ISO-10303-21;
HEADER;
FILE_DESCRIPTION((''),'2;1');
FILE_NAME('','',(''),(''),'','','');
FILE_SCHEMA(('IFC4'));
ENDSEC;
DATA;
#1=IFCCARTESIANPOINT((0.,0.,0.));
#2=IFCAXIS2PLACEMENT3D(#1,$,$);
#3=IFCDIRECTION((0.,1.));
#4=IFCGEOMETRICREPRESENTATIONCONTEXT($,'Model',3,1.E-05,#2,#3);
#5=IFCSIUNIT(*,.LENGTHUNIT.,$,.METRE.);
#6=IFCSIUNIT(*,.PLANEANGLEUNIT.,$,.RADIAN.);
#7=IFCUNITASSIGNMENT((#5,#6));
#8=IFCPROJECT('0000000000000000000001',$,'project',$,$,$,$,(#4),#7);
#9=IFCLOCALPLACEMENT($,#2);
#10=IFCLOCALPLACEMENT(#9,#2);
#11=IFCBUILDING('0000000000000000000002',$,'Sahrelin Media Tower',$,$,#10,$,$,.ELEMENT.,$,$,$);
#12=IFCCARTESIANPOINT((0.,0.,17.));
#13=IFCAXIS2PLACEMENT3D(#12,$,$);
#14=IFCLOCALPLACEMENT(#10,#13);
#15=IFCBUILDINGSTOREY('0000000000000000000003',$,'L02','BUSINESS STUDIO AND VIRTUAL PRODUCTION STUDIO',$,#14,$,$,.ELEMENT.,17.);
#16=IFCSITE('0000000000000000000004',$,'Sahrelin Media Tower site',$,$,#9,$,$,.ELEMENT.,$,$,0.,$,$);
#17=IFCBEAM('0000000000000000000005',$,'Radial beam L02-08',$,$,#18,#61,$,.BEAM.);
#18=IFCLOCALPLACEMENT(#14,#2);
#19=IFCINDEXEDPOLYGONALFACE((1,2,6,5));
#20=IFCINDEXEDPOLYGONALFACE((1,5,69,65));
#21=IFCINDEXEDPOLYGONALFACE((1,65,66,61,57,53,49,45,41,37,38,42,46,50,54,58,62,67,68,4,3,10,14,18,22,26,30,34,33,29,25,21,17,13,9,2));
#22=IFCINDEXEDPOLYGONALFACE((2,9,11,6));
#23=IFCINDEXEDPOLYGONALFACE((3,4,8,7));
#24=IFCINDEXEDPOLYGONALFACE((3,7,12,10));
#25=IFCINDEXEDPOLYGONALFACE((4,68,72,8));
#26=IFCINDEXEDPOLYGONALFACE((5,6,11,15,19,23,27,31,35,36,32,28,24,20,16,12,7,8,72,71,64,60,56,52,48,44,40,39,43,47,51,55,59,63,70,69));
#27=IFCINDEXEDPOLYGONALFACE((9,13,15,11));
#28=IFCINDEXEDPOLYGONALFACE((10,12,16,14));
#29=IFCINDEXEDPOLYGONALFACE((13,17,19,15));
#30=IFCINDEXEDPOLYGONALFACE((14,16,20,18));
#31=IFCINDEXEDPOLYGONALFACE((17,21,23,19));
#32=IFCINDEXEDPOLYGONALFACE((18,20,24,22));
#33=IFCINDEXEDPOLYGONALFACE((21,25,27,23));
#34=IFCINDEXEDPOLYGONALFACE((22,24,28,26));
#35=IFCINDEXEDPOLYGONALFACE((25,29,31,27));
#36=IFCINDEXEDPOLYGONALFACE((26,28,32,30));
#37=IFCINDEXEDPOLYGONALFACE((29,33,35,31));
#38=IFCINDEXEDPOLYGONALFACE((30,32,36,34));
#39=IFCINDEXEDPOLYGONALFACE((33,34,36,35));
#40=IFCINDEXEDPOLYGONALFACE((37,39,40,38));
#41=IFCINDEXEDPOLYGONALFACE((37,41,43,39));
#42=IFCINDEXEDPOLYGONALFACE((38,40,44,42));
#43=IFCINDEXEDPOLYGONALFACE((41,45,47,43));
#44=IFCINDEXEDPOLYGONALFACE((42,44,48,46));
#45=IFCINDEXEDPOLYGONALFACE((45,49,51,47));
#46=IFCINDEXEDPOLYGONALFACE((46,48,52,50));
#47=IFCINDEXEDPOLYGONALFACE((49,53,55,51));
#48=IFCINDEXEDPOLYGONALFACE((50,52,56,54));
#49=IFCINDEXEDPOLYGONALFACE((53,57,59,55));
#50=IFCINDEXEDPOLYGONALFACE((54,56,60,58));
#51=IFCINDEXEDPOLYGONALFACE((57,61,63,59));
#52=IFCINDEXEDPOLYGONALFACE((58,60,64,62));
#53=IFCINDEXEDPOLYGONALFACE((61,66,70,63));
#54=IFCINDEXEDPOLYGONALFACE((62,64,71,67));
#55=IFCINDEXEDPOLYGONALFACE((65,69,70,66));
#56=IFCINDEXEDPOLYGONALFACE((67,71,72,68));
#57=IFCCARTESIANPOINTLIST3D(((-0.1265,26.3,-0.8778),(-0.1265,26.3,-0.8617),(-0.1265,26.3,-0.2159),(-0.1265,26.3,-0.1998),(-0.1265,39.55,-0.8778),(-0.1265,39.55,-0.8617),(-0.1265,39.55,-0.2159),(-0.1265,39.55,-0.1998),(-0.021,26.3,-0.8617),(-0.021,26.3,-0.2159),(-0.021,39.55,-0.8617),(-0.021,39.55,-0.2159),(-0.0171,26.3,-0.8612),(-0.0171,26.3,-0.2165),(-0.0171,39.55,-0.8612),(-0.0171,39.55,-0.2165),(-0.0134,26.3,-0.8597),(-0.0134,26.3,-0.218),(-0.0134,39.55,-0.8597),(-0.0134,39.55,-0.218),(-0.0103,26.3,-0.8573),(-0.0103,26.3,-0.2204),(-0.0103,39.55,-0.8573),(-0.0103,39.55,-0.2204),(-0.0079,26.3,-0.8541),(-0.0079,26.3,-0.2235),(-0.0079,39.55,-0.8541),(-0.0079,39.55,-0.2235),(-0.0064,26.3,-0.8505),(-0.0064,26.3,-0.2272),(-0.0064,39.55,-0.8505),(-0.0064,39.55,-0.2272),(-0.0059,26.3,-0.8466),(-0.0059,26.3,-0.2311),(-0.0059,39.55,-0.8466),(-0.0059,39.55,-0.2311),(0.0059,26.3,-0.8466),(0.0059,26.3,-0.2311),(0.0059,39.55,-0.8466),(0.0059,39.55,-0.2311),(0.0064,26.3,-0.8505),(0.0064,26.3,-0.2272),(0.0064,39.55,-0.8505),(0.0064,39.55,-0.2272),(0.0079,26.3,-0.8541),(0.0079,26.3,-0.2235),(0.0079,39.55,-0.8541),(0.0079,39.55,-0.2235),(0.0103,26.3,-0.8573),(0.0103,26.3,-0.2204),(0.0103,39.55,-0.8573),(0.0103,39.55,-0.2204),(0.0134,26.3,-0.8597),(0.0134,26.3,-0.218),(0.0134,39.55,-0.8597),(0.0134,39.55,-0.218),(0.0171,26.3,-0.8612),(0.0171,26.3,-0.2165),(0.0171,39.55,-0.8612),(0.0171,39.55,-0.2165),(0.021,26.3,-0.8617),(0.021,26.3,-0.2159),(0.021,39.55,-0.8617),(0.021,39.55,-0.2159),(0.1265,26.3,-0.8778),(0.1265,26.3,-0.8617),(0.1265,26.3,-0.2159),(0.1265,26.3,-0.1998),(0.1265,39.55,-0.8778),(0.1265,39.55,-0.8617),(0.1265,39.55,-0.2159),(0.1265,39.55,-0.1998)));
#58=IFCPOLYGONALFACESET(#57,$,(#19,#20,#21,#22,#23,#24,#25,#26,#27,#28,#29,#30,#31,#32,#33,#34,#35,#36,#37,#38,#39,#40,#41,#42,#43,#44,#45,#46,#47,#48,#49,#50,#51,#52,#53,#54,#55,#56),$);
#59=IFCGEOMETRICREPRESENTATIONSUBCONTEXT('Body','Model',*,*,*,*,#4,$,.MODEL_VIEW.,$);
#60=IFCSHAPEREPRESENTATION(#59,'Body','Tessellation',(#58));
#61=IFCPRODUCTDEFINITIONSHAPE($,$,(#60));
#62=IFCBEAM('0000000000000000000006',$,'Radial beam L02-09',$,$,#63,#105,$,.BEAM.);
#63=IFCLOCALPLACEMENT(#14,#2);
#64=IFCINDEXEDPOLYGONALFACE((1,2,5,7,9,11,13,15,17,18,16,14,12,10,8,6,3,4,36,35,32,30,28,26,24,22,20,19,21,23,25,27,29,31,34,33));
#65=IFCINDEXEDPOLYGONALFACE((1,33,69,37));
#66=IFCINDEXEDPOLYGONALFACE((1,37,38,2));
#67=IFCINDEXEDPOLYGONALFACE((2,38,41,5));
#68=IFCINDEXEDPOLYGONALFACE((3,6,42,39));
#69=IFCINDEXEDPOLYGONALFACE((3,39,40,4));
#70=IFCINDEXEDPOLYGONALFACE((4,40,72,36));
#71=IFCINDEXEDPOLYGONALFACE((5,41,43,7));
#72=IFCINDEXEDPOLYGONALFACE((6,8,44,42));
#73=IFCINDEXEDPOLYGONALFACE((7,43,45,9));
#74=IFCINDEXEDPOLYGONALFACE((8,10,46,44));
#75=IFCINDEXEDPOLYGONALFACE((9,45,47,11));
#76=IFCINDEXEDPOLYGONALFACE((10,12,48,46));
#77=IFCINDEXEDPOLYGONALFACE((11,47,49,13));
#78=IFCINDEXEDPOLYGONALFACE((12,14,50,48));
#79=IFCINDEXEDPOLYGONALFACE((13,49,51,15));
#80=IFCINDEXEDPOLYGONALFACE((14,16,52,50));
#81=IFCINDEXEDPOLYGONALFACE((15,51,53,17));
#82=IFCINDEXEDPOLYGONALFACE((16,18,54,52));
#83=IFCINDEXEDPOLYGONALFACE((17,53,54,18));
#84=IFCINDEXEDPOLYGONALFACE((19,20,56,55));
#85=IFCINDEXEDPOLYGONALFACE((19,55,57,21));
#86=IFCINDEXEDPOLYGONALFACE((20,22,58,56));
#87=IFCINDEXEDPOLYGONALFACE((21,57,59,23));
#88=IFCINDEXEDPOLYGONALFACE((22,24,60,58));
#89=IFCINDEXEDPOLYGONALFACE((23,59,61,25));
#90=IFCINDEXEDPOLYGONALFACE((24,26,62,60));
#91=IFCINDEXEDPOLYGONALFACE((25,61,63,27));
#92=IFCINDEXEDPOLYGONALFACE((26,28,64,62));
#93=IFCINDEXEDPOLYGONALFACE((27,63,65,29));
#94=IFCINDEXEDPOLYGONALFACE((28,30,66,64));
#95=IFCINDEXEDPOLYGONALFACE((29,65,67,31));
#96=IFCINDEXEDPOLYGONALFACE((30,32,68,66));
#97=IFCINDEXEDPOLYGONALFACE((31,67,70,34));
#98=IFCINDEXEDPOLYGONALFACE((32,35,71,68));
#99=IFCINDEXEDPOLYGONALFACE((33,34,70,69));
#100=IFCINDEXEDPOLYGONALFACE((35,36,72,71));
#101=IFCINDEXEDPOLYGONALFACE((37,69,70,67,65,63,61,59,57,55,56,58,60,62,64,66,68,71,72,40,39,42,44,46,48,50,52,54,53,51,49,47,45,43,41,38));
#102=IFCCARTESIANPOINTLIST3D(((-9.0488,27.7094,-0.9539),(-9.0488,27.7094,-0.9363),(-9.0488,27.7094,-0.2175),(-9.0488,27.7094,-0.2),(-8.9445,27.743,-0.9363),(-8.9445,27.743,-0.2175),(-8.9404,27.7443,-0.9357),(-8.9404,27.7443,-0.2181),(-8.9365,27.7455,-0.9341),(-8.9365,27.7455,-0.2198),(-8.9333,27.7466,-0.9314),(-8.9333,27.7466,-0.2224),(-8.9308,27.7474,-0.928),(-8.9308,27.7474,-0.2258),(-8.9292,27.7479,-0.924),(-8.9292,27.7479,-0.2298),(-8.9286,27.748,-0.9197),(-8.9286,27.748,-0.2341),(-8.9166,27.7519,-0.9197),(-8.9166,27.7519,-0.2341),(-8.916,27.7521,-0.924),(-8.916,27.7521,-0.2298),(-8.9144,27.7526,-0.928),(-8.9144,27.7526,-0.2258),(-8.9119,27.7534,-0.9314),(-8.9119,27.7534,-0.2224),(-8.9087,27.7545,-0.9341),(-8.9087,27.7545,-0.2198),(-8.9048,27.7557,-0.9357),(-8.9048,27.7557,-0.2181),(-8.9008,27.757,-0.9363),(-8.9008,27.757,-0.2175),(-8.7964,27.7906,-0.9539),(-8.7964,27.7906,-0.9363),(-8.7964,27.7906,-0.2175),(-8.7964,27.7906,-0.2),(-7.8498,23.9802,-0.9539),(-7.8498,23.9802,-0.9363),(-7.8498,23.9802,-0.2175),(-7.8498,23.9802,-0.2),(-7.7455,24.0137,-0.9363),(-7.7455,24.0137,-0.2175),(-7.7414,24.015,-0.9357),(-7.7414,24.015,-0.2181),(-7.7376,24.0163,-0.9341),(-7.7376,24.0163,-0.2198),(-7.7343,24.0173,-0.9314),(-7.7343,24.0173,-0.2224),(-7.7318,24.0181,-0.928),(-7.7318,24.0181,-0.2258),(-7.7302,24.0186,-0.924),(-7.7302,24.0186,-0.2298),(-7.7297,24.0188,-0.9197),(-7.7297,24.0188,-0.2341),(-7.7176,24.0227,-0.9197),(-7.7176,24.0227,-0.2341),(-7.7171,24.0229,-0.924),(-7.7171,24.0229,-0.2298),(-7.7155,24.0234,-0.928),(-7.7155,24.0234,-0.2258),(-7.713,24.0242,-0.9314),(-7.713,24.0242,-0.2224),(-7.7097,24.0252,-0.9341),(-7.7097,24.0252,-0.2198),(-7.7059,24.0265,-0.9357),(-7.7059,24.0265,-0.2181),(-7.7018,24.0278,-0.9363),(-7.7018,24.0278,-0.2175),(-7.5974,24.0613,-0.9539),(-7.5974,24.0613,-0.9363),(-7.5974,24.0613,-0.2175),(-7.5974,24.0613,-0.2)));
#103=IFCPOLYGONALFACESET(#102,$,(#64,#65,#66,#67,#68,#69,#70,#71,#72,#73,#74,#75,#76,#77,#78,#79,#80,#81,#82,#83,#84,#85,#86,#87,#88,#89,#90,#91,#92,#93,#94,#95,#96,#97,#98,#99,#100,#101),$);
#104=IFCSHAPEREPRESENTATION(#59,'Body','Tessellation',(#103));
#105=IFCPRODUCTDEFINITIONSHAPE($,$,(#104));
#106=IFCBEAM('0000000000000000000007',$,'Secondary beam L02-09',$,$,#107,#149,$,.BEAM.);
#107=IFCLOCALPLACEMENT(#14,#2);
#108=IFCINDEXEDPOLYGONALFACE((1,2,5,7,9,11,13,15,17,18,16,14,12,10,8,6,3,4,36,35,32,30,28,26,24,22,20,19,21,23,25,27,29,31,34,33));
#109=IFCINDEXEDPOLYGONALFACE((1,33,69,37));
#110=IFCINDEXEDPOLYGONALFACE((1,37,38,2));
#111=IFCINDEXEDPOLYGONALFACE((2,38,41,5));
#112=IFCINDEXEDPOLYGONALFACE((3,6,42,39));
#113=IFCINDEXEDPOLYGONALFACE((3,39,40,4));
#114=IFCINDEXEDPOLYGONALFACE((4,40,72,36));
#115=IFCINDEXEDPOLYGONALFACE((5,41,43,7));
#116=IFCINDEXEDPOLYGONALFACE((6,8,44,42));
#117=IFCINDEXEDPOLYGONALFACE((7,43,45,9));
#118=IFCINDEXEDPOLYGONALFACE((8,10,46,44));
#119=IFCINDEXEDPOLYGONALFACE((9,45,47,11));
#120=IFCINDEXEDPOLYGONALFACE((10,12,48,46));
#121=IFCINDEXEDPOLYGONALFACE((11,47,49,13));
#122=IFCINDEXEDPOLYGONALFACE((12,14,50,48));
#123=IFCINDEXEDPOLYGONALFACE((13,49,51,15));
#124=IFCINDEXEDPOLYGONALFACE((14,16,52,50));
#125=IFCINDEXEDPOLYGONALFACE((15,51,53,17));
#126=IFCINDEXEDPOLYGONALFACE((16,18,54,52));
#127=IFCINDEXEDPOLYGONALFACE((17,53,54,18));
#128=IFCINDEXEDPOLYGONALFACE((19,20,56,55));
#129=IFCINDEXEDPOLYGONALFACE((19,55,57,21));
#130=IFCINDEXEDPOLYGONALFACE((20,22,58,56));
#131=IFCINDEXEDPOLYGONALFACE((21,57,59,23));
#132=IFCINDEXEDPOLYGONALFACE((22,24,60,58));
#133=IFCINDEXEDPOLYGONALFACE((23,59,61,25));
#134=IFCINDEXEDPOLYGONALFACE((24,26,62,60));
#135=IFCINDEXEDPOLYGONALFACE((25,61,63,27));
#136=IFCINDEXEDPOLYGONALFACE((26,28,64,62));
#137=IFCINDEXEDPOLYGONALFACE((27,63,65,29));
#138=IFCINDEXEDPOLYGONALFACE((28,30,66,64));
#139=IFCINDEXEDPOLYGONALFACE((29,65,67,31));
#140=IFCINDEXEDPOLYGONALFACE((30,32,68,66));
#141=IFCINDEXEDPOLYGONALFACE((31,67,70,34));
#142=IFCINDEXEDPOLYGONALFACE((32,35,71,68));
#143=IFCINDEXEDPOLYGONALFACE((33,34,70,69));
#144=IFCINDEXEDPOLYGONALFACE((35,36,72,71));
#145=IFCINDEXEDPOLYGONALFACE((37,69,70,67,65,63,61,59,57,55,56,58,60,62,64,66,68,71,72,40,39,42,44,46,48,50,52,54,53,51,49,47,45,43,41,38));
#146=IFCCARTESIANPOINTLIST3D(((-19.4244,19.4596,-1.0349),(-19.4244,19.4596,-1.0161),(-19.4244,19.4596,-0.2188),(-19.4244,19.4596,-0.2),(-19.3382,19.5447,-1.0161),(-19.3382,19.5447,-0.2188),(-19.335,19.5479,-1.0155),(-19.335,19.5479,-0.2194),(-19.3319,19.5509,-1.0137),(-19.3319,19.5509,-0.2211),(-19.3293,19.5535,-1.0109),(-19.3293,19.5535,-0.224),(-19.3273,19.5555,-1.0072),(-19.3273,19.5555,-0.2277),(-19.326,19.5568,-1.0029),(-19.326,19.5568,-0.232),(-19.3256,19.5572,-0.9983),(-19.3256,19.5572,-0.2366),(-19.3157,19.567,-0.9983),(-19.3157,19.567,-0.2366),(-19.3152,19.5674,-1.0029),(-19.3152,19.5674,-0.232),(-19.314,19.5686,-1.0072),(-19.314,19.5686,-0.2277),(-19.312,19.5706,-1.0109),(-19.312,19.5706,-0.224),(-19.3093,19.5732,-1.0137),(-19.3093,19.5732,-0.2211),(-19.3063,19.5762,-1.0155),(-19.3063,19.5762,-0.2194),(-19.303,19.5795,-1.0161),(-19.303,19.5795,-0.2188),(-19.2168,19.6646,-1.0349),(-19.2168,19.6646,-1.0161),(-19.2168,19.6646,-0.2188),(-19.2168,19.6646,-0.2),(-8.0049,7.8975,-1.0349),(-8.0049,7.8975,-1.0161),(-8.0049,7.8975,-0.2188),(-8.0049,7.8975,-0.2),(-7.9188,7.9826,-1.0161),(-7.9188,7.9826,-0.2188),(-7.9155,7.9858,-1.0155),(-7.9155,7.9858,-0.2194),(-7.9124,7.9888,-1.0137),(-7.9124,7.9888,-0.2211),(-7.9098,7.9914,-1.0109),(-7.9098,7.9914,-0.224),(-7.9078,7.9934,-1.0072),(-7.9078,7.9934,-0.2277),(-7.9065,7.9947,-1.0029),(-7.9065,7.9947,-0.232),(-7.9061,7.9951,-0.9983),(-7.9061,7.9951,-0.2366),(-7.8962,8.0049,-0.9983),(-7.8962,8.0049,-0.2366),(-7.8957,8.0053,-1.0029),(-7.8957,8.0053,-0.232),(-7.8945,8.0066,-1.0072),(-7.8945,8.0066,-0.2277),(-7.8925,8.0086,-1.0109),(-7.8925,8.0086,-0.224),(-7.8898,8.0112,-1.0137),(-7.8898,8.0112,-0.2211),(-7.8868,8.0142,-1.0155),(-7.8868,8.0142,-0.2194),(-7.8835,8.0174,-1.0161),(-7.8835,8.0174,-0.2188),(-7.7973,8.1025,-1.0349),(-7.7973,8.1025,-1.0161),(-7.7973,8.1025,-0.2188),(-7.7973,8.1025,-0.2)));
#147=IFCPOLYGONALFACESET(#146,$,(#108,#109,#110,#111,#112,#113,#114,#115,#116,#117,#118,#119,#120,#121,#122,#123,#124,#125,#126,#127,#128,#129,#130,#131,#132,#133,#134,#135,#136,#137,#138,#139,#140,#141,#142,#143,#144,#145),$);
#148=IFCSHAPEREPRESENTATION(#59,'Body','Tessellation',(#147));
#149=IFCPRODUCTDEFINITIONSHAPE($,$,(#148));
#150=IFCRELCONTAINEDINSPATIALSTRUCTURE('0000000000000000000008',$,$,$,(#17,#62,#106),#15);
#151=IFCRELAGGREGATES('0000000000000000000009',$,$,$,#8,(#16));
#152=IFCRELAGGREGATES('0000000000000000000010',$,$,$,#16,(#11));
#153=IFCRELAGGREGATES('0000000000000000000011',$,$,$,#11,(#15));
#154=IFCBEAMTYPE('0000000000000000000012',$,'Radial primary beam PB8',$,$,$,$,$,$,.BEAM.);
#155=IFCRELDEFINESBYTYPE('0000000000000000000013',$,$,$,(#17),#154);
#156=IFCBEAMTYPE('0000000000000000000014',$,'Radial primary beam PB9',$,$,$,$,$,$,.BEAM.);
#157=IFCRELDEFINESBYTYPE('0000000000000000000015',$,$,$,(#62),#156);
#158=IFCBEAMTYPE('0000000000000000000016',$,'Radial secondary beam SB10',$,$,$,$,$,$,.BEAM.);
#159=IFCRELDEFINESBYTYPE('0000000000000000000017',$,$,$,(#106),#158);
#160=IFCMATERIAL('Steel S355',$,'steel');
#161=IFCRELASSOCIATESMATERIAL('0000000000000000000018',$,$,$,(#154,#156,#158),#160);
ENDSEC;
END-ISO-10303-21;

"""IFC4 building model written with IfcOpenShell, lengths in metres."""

from ifc_helpers import new_model, si_unit, direction, frame, origin, origin_2d, place, context, subcontext, project, spatial, i_section, extrude, material, material_profile, profile_set, type_object, element, save


model = new_model("IFC4")

# Units and contexts
model_context = context("Model", 3, precision=1e-05, world=origin(), true_north=direction((0.0, 1.0)))
body_context = subcontext(model_context, "Body", "Model", "MODEL_VIEW")
ifc_project = project(units=[si_unit("LENGTHUNIT", "METRE"), si_unit("PLANEANGLEUNIT", "RADIAN")], contexts=[model_context])

# Site, building, storey
site_placement = place(None, origin())
site = spatial("IfcSite", under=ifc_project, at=site_placement, Name="Sahrelin Media Tower site", CompositionType="ELEMENT", RefElevation=0.0)
building_placement = place(site_placement, origin())
building = spatial("IfcBuilding", under=site, at=building_placement, Name="Sahrelin Media Tower", CompositionType="ELEMENT")
storey_placement = place(building_placement, frame((0.0, 0.0, 17.0)))
storey = spatial("IfcBuildingStorey", under=building, at=storey_placement, Name="L02", Description="BUSINESS STUDIO AND VIRTUAL PRODUCTION STUDIO", CompositionType="ELEMENT", Elevation=17.0)

# Beams
ifc_material_1 = material(Name="Steel S355", Category="steel")
ifc_material_profile_1 = material_profile(ifc_material_1, i_section(OverallWidth=0.2529, OverallDepth=0.678, WebThickness=0.0117, FlangeThickness=0.0161, FilletRadius=0.0151, at=origin_2d()), Name="UB 686x254x125")
ifc_profile_set_1 = profile_set([ifc_material_profile_1], Name="Steel S355")
beam_type_1 = type_object("IfcBeamType", Name="Radial primary beam PB8", PredefinedType="BEAM", material=ifc_profile_set_1)
beam_1_placement = place(storey_placement, frame((0.0, 26.3, -0.5388), z_axis=(0.0, 1.0, 0.0), x_axis=(-1.0, 0.0, 0.0)))
element("IfcBeam", 1, at=beam_1_placement, inside=storey, type_object=beam_type_1, Name="Radial beam L02-08", PredefinedType="BEAM", context=body_context, shape_type="SweptSolid", body=[
    extrude(i_section(OverallWidth=0.2529, OverallDepth=0.678, WebThickness=0.0117, FlangeThickness=0.0161, FilletRadius=0.0151, at=origin_2d()), origin(), (0.0, 0.0, 1.0), 13.25),
])
ifc_material_profile_2 = material_profile(ifc_material_1, i_section(OverallWidth=0.2651, OverallDepth=0.7539, WebThickness=0.0127, FlangeThickness=0.0176, FilletRadius=0.0166, at=origin_2d()), Name="UB 762x267x147")
ifc_profile_set_2 = profile_set([ifc_material_profile_2], Name="Steel S355")
beam_type_2 = type_object("IfcBeamType", Name="Radial primary beam PB9", PredefinedType="BEAM", material=ifc_profile_set_2)
beam_2_placement = place(storey_placement, frame((-7.7236, 24.0208, -0.5769), z_axis=(-0.306076, 0.952007, 0.0), x_axis=(-0.952007, -0.306076, 0.0)))
element("IfcBeam", 2, at=beam_2_placement, inside=storey, type_object=beam_type_2, Name="Radial beam L02-09", PredefinedType="BEAM", context=body_context, shape_type="SweptSolid", body=[
    extrude(i_section(OverallWidth=0.2651, OverallDepth=0.7539, WebThickness=0.0127, FlangeThickness=0.0176, FilletRadius=0.0166, at=origin_2d()), origin(), (0.0, 0.0, 1.0), 3.9172),
])
ifc_material_profile_3 = material_profile(ifc_material_1, i_section(OverallWidth=0.2917, OverallDepth=0.835, WebThickness=0.0139, FlangeThickness=0.0188, FilletRadius=0.0178, at=origin_2d()), Name="UB 838x292x176")
ifc_profile_set_3 = profile_set([ifc_material_profile_3], Name="Steel S355")
beam_type_3 = type_object("IfcBeamType", Name="Radial secondary beam SB10", PredefinedType="BEAM", material=ifc_profile_set_3)
beam_3_placement = place(storey_placement, frame((-7.9011, 8.0, -0.6174), z_axis=(-0.702706, 0.71148, 0.0), x_axis=(-0.71148, -0.702706, 0.0)))
element("IfcBeam", 3, at=beam_3_placement, inside=storey, type_object=beam_type_3, Name="Secondary beam L02-09", PredefinedType="BEAM", context=body_context, shape_type="SweptSolid", body=[
    extrude(i_section(OverallWidth=0.2917, OverallDepth=0.835, WebThickness=0.0139, FlangeThickness=0.0188, FilletRadius=0.0178, at=origin_2d()), origin(), (0.0, 0.0, 1.0), 16.2507),
])

save(model, "model.ifc")
